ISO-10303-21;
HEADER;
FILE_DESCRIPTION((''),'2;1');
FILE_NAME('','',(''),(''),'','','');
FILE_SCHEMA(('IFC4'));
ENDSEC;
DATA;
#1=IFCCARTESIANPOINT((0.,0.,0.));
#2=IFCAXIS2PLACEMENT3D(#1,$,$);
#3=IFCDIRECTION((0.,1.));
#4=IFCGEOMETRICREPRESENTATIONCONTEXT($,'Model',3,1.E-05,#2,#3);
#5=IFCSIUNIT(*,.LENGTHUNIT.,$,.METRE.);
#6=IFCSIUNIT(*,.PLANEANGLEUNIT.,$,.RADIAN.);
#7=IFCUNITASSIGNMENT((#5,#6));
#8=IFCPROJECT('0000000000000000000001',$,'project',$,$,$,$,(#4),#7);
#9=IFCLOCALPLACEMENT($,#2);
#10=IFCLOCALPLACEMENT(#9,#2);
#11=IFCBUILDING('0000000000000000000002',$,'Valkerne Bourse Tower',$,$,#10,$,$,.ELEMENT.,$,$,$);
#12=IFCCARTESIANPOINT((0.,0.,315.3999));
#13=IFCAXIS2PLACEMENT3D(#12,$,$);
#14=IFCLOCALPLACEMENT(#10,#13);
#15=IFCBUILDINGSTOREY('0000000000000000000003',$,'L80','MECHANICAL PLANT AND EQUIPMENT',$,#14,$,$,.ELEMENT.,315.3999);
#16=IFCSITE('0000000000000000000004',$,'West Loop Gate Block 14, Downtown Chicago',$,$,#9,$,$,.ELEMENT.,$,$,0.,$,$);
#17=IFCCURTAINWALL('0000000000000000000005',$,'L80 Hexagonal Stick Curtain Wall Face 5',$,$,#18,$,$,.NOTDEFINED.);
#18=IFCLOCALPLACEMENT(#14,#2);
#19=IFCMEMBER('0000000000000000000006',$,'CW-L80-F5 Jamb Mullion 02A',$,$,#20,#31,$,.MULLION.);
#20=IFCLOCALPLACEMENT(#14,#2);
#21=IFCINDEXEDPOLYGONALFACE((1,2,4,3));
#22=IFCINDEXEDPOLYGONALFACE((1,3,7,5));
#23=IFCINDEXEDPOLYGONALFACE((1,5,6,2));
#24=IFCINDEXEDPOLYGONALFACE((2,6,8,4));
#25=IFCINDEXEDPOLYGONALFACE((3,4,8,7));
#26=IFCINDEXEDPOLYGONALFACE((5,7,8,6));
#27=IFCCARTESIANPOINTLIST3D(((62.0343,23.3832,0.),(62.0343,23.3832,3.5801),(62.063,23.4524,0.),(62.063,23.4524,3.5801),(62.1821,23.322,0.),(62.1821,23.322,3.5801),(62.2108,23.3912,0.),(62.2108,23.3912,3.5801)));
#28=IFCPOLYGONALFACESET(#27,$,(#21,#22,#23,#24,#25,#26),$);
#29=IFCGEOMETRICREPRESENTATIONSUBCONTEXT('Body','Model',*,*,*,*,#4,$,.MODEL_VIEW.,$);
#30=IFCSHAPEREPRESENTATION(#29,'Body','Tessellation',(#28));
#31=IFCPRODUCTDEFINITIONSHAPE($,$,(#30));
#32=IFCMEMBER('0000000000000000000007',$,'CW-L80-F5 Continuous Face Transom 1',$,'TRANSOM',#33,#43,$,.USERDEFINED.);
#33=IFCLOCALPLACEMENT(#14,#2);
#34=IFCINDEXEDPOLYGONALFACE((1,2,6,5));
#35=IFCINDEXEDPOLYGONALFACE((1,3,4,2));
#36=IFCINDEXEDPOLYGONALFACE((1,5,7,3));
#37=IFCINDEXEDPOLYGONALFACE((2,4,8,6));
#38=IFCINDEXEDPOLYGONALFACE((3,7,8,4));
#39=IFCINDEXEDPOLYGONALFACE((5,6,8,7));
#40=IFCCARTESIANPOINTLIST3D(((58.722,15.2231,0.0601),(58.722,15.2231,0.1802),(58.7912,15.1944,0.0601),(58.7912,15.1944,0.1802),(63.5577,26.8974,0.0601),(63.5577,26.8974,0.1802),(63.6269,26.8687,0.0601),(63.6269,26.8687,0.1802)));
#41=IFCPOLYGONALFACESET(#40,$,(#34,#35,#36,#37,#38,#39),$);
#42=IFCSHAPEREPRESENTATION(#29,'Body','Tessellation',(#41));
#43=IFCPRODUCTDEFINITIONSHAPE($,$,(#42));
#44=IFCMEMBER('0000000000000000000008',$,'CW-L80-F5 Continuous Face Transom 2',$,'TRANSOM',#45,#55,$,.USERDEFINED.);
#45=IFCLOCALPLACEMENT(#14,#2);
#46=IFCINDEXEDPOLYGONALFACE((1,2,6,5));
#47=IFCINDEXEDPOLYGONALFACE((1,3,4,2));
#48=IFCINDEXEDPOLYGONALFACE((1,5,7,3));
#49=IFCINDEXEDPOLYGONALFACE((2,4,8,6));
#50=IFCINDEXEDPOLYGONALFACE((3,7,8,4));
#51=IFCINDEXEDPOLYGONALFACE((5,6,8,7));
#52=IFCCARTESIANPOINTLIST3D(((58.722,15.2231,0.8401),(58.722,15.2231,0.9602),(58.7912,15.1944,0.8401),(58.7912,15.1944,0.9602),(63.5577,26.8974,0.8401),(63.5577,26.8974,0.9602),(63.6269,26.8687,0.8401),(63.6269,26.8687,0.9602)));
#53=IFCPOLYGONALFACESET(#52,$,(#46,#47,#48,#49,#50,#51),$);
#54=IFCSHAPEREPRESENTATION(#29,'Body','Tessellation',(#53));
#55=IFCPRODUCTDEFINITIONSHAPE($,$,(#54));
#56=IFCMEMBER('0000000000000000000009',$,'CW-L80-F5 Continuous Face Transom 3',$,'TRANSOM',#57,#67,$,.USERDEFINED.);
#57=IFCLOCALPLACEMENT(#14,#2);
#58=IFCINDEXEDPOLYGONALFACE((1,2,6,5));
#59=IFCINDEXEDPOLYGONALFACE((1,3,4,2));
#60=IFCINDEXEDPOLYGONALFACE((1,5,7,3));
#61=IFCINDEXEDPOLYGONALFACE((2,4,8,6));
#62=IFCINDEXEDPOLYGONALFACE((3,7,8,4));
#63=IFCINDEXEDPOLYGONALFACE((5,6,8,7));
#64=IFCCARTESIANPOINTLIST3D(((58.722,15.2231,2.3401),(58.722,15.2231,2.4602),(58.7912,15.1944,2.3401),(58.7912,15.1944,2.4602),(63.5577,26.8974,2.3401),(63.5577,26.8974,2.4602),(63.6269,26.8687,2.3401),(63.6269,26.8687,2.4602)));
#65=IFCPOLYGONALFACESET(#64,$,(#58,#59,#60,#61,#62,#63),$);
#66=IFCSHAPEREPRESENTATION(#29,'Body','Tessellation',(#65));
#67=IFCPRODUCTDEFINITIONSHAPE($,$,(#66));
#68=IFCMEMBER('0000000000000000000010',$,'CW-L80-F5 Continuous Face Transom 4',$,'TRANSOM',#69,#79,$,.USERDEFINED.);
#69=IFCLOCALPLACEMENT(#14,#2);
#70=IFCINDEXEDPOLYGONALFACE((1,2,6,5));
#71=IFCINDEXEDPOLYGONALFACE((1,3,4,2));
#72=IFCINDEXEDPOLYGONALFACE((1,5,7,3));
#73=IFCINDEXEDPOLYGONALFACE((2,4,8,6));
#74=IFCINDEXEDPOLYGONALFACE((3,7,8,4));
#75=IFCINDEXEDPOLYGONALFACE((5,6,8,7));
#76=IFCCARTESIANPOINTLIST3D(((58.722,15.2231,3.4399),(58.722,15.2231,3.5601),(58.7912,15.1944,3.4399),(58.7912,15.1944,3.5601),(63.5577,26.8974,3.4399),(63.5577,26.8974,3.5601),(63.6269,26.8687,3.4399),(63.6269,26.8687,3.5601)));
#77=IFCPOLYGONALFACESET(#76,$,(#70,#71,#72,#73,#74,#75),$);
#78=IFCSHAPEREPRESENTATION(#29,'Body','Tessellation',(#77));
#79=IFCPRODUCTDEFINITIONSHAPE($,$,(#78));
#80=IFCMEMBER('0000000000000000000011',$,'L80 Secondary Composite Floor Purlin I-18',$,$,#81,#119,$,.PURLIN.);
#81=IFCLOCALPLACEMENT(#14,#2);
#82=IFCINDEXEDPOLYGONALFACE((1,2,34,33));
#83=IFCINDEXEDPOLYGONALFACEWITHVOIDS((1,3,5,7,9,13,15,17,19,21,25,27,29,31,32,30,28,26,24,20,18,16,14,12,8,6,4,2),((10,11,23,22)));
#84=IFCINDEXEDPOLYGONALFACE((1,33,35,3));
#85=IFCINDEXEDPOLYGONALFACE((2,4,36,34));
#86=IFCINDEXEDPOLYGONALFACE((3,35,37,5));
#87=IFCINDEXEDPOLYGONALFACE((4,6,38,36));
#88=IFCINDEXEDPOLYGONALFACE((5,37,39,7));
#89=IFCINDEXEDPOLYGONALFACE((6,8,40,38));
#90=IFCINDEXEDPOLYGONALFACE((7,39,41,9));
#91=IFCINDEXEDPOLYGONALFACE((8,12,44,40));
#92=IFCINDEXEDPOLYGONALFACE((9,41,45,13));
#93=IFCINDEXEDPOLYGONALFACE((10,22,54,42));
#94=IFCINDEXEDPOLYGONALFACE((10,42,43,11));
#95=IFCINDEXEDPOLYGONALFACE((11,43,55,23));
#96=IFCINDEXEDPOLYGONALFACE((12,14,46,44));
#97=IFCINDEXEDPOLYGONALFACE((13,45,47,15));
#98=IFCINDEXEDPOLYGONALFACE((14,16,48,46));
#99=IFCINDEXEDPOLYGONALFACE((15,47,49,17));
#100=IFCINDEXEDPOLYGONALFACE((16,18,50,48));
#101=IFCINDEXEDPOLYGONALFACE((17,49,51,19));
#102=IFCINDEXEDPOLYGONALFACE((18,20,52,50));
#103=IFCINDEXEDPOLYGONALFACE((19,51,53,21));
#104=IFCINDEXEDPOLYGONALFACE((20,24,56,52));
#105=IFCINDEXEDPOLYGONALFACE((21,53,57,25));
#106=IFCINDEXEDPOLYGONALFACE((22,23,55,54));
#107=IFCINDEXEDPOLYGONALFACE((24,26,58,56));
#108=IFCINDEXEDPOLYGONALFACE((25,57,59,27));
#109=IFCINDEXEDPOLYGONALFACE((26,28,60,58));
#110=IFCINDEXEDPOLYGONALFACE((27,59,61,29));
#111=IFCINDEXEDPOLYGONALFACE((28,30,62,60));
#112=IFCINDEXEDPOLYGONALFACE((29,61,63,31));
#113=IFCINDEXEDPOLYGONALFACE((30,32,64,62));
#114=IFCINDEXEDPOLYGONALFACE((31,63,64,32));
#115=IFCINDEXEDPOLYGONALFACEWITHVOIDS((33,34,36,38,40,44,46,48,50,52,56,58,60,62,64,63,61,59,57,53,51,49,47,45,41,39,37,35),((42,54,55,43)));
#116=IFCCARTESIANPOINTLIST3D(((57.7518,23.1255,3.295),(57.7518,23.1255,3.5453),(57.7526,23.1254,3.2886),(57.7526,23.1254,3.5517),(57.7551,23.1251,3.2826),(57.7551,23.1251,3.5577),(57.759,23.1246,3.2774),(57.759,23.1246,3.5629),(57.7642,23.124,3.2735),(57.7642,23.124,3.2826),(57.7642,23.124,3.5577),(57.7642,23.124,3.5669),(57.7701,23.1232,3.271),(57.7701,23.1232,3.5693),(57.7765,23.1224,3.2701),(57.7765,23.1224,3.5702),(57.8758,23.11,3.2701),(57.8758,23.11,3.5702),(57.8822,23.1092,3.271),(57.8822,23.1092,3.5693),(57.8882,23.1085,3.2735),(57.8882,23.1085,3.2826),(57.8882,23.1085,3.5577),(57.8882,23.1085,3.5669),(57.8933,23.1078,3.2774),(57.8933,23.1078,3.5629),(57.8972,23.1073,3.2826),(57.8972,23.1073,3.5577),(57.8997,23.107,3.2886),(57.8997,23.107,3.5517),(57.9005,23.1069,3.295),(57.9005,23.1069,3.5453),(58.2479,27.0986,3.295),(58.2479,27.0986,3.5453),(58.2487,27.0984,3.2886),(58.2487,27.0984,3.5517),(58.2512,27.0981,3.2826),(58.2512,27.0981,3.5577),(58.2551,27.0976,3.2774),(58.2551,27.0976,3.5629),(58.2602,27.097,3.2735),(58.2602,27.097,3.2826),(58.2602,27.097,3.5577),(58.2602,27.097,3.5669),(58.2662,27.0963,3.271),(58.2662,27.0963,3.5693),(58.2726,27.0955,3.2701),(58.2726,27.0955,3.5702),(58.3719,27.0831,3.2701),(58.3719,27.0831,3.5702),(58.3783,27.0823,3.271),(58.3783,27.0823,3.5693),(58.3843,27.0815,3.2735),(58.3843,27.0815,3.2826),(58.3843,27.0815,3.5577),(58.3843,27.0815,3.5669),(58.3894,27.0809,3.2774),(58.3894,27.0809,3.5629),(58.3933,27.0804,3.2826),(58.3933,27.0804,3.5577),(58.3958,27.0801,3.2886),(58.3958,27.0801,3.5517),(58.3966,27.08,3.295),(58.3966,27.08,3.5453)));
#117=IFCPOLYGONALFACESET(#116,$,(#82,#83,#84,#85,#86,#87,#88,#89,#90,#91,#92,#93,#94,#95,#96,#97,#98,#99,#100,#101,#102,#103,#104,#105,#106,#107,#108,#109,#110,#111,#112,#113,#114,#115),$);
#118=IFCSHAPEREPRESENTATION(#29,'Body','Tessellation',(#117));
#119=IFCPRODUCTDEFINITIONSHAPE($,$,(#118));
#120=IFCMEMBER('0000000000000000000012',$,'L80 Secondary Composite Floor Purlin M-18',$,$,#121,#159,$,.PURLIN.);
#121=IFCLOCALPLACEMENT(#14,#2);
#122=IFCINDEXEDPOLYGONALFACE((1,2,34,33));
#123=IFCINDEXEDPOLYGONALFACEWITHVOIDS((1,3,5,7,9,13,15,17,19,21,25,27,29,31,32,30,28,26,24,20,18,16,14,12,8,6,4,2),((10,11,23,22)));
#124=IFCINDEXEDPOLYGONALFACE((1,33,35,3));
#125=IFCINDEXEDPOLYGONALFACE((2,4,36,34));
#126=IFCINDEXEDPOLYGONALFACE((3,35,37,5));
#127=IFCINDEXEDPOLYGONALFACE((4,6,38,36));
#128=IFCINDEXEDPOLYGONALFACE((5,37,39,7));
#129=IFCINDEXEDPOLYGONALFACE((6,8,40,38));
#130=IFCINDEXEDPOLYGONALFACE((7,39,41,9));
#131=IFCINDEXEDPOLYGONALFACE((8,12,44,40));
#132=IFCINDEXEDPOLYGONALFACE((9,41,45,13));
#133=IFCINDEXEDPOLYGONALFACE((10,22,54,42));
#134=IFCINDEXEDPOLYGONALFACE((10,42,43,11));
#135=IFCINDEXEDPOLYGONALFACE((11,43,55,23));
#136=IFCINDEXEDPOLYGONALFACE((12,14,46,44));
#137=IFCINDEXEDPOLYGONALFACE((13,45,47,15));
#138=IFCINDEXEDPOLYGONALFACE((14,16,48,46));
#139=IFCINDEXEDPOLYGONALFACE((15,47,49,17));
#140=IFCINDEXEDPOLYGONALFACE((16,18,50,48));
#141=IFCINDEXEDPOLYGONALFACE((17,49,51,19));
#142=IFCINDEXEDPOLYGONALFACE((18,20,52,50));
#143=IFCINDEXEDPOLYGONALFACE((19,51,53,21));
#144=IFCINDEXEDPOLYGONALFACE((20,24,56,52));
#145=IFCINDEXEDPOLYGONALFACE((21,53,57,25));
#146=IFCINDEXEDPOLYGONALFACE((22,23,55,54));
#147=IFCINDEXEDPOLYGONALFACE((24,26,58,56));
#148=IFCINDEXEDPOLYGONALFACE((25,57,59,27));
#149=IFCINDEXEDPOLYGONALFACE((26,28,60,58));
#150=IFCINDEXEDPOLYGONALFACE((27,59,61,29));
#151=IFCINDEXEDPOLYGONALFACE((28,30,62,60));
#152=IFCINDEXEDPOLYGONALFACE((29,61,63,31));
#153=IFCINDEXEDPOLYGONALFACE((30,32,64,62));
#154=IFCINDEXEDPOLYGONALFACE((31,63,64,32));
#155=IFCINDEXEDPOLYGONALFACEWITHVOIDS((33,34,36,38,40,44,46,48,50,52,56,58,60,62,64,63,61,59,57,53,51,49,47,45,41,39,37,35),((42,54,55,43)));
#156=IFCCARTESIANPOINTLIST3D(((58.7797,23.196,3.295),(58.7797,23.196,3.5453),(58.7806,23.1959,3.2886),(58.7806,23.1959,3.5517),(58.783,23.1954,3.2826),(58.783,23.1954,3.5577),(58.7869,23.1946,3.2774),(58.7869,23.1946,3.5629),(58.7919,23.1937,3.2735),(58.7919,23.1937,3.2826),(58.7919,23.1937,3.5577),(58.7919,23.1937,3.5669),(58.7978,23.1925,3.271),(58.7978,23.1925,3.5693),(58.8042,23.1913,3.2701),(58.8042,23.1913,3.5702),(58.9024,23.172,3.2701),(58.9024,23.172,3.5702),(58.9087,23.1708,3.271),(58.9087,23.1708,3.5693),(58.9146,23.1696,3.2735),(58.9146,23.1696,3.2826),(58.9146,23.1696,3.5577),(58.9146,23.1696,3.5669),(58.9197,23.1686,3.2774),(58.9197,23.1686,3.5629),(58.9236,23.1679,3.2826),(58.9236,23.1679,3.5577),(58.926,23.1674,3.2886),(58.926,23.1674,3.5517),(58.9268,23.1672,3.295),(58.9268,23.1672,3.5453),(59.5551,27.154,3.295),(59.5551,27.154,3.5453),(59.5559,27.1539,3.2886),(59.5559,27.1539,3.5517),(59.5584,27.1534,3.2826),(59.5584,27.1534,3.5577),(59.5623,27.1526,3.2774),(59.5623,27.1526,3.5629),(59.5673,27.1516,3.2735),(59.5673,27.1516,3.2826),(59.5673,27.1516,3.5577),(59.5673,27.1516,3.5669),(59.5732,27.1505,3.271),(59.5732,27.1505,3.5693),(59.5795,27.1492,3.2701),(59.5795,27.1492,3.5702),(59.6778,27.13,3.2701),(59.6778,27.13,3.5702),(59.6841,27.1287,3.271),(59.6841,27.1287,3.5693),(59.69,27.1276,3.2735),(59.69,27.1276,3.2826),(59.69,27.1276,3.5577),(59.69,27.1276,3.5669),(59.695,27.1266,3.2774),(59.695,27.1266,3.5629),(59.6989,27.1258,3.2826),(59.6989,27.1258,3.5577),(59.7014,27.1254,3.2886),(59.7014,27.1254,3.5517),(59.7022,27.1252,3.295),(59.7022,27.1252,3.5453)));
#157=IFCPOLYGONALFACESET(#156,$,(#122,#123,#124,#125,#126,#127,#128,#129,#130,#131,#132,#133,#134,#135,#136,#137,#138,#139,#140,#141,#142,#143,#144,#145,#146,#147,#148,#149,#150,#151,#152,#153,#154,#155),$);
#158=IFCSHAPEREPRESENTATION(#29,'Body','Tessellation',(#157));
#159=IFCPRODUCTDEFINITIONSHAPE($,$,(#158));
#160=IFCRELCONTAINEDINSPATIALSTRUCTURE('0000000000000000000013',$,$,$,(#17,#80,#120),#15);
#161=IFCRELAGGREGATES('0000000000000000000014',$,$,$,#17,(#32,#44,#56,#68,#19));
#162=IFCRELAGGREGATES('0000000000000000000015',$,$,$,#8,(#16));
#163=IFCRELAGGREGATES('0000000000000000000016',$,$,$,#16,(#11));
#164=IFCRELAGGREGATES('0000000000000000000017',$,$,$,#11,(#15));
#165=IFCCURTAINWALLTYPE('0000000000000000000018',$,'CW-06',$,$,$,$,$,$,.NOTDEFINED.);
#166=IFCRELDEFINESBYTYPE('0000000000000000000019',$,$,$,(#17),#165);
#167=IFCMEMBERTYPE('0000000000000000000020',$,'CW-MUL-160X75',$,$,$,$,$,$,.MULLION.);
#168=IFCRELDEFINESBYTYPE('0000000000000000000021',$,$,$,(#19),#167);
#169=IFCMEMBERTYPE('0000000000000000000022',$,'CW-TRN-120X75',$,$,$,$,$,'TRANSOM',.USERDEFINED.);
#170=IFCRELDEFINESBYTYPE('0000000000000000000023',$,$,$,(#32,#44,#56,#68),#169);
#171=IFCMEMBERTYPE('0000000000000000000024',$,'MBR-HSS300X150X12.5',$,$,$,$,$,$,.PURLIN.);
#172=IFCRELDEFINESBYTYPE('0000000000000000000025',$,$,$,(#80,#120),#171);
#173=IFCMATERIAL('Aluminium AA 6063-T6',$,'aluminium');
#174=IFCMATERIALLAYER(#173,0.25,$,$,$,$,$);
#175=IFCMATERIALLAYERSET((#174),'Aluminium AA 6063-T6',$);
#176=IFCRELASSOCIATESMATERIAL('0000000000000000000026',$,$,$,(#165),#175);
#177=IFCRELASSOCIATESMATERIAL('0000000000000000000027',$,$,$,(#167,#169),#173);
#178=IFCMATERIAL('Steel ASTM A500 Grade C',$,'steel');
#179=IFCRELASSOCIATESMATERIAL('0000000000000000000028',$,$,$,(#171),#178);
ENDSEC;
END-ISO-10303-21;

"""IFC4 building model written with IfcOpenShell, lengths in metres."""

from ifc_helpers import new_model, si_unit, direction, frame, origin, origin_2d, place, context, subcontext, project, spatial, rectangle, hollow_rectangle, extrude, material, layer, layer_set, material_profile, profile_set, type_object, element, aggregate, save


model = new_model("IFC4")

# Units and contexts
model_context = context("Model", 3, precision=1e-05, world=origin(), true_north=direction((0.0, 1.0)))
body_context = subcontext(model_context, "Body", "Model", "MODEL_VIEW")
ifc_project = project(units=[si_unit("LENGTHUNIT", "METRE"), si_unit("PLANEANGLEUNIT", "RADIAN")], contexts=[model_context])

# Site, building, storey
site_placement = place(None, origin())
site = spatial("IfcSite", under=ifc_project, at=site_placement, Name="West Loop Gate Block 14, Downtown Chicago", CompositionType="ELEMENT", RefElevation=0.0)
building_placement = place(site_placement, origin())
building = spatial("IfcBuilding", under=site, at=building_placement, Name="Valkerne Bourse Tower", CompositionType="ELEMENT")
storey_placement = place(building_placement, frame((0.0, 0.0, 315.3999)))
storey = spatial("IfcBuildingStorey", under=building, at=storey_placement, Name="L80", Description="MECHANICAL PLANT AND EQUIPMENT", CompositionType="ELEMENT", Elevation=315.3999)

# Shared definitions
ifc_material_1 = material(Name="Steel ASTM A500 Grade C", Category="steel")

# Shared definitions
ifc_material_2 = material(Name="Aluminium AA 6063-T6", Category="aluminium")
ifc_layer_1 = layer(ifc_material_2, 0.25)
ifc_layer_set_1 = layer_set([ifc_layer_1], Name="Aluminium AA 6063-T6")
curtain_wall_type = type_object("IfcCurtainWallType", Name="CW-06", PredefinedType="NOTDEFINED", material=ifc_layer_set_1)
ifc_material_profile_1 = material_profile(ifc_material_2, rectangle(XDim=0.075, YDim=0.1599, at=origin_2d()), Name="CWM-75X160")
ifc_profile_set_1 = profile_set([ifc_material_profile_1], Name="Aluminium AA 6063-T6")
member_type_1 = type_object("IfcMemberType", Name="CW-MUL-160X75", PredefinedType="MULLION", material=ifc_profile_set_1)

# Curtain wall, members
curtain_wall_1_placement = place(storey_placement, origin())
curtain_wall_1 = element("IfcCurtainWall", 1, at=curtain_wall_1_placement, inside=storey, type_object=curtain_wall_type, Name="L80 Hexagonal Stick Curtain Wall Face 5", PredefinedType="NOTDEFINED")
member_1_placement = place(storey_placement, frame((62.1226, 23.3872, 0.0), z_axis=(0.0, 0.0, 1.0), x_axis=(0.382689, 0.923877, 0.0)))
member_1 = element("IfcMember", 2, at=member_1_placement, type_object=member_type_1, Name="CW-L80-F5 Jamb Mullion 02A", PredefinedType="MULLION", context=body_context, shape_type="SweptSolid", body=[
    extrude(rectangle(XDim=0.075, YDim=0.1599, at=origin_2d()), origin(), (0.0, 0.0, 1.0), 3.5801),
])
ifc_material_profile_2 = material_profile(ifc_material_2, rectangle(XDim=0.075, YDim=0.1201, at=origin_2d()), Name="CWT-75X120")
ifc_profile_set_2 = profile_set([ifc_material_profile_2], Name="Aluminium AA 6063-T6")
member_type_2 = type_object("IfcMemberType", Name="CW-TRN-120X75", ElementType="TRANSOM", PredefinedType="USERDEFINED", material=ifc_profile_set_2)
member_2_placement = place(storey_placement, frame((58.7566, 15.2087, 0.1201), z_axis=(0.382686, 0.923879, 0.0), x_axis=(-0.923879, 0.382686, 0.0)))
member_2 = element("IfcMember", 3, at=member_2_placement, type_object=member_type_2, Name="CW-L80-F5 Continuous Face Transom 1", ObjectType="TRANSOM", PredefinedType="USERDEFINED", context=body_context, shape_type="SweptSolid", body=[
    extrude(rectangle(XDim=0.075, YDim=0.1201, at=origin_2d()), origin(), (0.0, 0.0, 1.0), 12.6362),
])
member_3_placement = place(storey_placement, frame((58.7566, 15.2087, 0.9001), z_axis=(0.382686, 0.923879, 0.0), x_axis=(-0.923879, 0.382686, 0.0)))
member_3 = element("IfcMember", 4, at=member_3_placement, type_object=member_type_2, Name="CW-L80-F5 Continuous Face Transom 2", ObjectType="TRANSOM", PredefinedType="USERDEFINED", context=body_context, shape_type="SweptSolid", body=[
    extrude(rectangle(XDim=0.075, YDim=0.1201, at=origin_2d()), origin(), (0.0, 0.0, 1.0), 12.6362),
])
member_4_placement = place(storey_placement, frame((58.7566, 15.2087, 2.4001), z_axis=(0.382686, 0.923879, 0.0), x_axis=(-0.923879, 0.382686, 0.0)))
member_4 = element("IfcMember", 5, at=member_4_placement, type_object=member_type_2, Name="CW-L80-F5 Continuous Face Transom 3", ObjectType="TRANSOM", PredefinedType="USERDEFINED", context=body_context, shape_type="SweptSolid", body=[
    extrude(rectangle(XDim=0.075, YDim=0.1201, at=origin_2d()), origin(), (0.0, 0.0, 1.0), 12.6362),
])
member_5_placement = place(storey_placement, frame((58.7566, 15.2087, 3.5), z_axis=(0.382686, 0.923879, 0.0), x_axis=(-0.923879, 0.382686, 0.0)))
member_5 = element("IfcMember", 6, at=member_5_placement, type_object=member_type_2, Name="CW-L80-F5 Continuous Face Transom 4", ObjectType="TRANSOM", PredefinedType="USERDEFINED", context=body_context, shape_type="SweptSolid", body=[
    extrude(rectangle(XDim=0.075, YDim=0.1201, at=origin_2d()), origin(), (0.0, 0.0, 1.0), 12.6362),
])

# Members
ifc_material_profile_3 = material_profile(ifc_material_1, hollow_rectangle(XDim=0.1499, YDim=0.3, WallThickness=0.0125, OuterFilletRadius=0.0249, at=origin_2d()), Name="HSS300X150X12.5")
ifc_profile_set_3 = profile_set([ifc_material_profile_3], Name="Steel ASTM A500 Grade C")
member_type_3 = type_object("IfcMemberType", Name="MBR-HSS300X150X12.5", PredefinedType="PURLIN", material=ifc_profile_set_3)
member_6_placement = place(storey_placement, frame((57.8262, 23.1162, 3.4202), z_axis=(0.1239, 0.992295, 0.0), x_axis=(-0.992295, 0.1239, 0.0)))
element("IfcMember", 7, at=member_6_placement, inside=storey, type_object=member_type_3, Name="L80 Secondary Composite Floor Purlin I-18", PredefinedType="PURLIN", context=body_context, shape_type="SweptSolid", body=[
    extrude(hollow_rectangle(XDim=0.1499, YDim=0.3, WallThickness=0.0125, OuterFilletRadius=0.0249, at=origin_2d()), origin(), (0.0, 0.0, 1.0), 4.0039),
])
member_7_placement = place(storey_placement, frame((58.8533, 23.1816, 3.4202), z_axis=(0.19225, 0.981346, 0.0), x_axis=(-0.981346, 0.19225, 0.0)))
element("IfcMember", 8, at=member_7_placement, inside=storey, type_object=member_type_3, Name="L80 Secondary Composite Floor Purlin M-18", PredefinedType="PURLIN", context=body_context, shape_type="SweptSolid", body=[
    extrude(hollow_rectangle(XDim=0.1499, YDim=0.3, WallThickness=0.0125, OuterFilletRadius=0.0249, at=origin_2d()), origin(), (0.0, 0.0, 1.0), 4.0332),
])

aggregate(curtain_wall_1, [member_2, member_3, member_4, member_5, member_1])

save(model, "model.ifc")
